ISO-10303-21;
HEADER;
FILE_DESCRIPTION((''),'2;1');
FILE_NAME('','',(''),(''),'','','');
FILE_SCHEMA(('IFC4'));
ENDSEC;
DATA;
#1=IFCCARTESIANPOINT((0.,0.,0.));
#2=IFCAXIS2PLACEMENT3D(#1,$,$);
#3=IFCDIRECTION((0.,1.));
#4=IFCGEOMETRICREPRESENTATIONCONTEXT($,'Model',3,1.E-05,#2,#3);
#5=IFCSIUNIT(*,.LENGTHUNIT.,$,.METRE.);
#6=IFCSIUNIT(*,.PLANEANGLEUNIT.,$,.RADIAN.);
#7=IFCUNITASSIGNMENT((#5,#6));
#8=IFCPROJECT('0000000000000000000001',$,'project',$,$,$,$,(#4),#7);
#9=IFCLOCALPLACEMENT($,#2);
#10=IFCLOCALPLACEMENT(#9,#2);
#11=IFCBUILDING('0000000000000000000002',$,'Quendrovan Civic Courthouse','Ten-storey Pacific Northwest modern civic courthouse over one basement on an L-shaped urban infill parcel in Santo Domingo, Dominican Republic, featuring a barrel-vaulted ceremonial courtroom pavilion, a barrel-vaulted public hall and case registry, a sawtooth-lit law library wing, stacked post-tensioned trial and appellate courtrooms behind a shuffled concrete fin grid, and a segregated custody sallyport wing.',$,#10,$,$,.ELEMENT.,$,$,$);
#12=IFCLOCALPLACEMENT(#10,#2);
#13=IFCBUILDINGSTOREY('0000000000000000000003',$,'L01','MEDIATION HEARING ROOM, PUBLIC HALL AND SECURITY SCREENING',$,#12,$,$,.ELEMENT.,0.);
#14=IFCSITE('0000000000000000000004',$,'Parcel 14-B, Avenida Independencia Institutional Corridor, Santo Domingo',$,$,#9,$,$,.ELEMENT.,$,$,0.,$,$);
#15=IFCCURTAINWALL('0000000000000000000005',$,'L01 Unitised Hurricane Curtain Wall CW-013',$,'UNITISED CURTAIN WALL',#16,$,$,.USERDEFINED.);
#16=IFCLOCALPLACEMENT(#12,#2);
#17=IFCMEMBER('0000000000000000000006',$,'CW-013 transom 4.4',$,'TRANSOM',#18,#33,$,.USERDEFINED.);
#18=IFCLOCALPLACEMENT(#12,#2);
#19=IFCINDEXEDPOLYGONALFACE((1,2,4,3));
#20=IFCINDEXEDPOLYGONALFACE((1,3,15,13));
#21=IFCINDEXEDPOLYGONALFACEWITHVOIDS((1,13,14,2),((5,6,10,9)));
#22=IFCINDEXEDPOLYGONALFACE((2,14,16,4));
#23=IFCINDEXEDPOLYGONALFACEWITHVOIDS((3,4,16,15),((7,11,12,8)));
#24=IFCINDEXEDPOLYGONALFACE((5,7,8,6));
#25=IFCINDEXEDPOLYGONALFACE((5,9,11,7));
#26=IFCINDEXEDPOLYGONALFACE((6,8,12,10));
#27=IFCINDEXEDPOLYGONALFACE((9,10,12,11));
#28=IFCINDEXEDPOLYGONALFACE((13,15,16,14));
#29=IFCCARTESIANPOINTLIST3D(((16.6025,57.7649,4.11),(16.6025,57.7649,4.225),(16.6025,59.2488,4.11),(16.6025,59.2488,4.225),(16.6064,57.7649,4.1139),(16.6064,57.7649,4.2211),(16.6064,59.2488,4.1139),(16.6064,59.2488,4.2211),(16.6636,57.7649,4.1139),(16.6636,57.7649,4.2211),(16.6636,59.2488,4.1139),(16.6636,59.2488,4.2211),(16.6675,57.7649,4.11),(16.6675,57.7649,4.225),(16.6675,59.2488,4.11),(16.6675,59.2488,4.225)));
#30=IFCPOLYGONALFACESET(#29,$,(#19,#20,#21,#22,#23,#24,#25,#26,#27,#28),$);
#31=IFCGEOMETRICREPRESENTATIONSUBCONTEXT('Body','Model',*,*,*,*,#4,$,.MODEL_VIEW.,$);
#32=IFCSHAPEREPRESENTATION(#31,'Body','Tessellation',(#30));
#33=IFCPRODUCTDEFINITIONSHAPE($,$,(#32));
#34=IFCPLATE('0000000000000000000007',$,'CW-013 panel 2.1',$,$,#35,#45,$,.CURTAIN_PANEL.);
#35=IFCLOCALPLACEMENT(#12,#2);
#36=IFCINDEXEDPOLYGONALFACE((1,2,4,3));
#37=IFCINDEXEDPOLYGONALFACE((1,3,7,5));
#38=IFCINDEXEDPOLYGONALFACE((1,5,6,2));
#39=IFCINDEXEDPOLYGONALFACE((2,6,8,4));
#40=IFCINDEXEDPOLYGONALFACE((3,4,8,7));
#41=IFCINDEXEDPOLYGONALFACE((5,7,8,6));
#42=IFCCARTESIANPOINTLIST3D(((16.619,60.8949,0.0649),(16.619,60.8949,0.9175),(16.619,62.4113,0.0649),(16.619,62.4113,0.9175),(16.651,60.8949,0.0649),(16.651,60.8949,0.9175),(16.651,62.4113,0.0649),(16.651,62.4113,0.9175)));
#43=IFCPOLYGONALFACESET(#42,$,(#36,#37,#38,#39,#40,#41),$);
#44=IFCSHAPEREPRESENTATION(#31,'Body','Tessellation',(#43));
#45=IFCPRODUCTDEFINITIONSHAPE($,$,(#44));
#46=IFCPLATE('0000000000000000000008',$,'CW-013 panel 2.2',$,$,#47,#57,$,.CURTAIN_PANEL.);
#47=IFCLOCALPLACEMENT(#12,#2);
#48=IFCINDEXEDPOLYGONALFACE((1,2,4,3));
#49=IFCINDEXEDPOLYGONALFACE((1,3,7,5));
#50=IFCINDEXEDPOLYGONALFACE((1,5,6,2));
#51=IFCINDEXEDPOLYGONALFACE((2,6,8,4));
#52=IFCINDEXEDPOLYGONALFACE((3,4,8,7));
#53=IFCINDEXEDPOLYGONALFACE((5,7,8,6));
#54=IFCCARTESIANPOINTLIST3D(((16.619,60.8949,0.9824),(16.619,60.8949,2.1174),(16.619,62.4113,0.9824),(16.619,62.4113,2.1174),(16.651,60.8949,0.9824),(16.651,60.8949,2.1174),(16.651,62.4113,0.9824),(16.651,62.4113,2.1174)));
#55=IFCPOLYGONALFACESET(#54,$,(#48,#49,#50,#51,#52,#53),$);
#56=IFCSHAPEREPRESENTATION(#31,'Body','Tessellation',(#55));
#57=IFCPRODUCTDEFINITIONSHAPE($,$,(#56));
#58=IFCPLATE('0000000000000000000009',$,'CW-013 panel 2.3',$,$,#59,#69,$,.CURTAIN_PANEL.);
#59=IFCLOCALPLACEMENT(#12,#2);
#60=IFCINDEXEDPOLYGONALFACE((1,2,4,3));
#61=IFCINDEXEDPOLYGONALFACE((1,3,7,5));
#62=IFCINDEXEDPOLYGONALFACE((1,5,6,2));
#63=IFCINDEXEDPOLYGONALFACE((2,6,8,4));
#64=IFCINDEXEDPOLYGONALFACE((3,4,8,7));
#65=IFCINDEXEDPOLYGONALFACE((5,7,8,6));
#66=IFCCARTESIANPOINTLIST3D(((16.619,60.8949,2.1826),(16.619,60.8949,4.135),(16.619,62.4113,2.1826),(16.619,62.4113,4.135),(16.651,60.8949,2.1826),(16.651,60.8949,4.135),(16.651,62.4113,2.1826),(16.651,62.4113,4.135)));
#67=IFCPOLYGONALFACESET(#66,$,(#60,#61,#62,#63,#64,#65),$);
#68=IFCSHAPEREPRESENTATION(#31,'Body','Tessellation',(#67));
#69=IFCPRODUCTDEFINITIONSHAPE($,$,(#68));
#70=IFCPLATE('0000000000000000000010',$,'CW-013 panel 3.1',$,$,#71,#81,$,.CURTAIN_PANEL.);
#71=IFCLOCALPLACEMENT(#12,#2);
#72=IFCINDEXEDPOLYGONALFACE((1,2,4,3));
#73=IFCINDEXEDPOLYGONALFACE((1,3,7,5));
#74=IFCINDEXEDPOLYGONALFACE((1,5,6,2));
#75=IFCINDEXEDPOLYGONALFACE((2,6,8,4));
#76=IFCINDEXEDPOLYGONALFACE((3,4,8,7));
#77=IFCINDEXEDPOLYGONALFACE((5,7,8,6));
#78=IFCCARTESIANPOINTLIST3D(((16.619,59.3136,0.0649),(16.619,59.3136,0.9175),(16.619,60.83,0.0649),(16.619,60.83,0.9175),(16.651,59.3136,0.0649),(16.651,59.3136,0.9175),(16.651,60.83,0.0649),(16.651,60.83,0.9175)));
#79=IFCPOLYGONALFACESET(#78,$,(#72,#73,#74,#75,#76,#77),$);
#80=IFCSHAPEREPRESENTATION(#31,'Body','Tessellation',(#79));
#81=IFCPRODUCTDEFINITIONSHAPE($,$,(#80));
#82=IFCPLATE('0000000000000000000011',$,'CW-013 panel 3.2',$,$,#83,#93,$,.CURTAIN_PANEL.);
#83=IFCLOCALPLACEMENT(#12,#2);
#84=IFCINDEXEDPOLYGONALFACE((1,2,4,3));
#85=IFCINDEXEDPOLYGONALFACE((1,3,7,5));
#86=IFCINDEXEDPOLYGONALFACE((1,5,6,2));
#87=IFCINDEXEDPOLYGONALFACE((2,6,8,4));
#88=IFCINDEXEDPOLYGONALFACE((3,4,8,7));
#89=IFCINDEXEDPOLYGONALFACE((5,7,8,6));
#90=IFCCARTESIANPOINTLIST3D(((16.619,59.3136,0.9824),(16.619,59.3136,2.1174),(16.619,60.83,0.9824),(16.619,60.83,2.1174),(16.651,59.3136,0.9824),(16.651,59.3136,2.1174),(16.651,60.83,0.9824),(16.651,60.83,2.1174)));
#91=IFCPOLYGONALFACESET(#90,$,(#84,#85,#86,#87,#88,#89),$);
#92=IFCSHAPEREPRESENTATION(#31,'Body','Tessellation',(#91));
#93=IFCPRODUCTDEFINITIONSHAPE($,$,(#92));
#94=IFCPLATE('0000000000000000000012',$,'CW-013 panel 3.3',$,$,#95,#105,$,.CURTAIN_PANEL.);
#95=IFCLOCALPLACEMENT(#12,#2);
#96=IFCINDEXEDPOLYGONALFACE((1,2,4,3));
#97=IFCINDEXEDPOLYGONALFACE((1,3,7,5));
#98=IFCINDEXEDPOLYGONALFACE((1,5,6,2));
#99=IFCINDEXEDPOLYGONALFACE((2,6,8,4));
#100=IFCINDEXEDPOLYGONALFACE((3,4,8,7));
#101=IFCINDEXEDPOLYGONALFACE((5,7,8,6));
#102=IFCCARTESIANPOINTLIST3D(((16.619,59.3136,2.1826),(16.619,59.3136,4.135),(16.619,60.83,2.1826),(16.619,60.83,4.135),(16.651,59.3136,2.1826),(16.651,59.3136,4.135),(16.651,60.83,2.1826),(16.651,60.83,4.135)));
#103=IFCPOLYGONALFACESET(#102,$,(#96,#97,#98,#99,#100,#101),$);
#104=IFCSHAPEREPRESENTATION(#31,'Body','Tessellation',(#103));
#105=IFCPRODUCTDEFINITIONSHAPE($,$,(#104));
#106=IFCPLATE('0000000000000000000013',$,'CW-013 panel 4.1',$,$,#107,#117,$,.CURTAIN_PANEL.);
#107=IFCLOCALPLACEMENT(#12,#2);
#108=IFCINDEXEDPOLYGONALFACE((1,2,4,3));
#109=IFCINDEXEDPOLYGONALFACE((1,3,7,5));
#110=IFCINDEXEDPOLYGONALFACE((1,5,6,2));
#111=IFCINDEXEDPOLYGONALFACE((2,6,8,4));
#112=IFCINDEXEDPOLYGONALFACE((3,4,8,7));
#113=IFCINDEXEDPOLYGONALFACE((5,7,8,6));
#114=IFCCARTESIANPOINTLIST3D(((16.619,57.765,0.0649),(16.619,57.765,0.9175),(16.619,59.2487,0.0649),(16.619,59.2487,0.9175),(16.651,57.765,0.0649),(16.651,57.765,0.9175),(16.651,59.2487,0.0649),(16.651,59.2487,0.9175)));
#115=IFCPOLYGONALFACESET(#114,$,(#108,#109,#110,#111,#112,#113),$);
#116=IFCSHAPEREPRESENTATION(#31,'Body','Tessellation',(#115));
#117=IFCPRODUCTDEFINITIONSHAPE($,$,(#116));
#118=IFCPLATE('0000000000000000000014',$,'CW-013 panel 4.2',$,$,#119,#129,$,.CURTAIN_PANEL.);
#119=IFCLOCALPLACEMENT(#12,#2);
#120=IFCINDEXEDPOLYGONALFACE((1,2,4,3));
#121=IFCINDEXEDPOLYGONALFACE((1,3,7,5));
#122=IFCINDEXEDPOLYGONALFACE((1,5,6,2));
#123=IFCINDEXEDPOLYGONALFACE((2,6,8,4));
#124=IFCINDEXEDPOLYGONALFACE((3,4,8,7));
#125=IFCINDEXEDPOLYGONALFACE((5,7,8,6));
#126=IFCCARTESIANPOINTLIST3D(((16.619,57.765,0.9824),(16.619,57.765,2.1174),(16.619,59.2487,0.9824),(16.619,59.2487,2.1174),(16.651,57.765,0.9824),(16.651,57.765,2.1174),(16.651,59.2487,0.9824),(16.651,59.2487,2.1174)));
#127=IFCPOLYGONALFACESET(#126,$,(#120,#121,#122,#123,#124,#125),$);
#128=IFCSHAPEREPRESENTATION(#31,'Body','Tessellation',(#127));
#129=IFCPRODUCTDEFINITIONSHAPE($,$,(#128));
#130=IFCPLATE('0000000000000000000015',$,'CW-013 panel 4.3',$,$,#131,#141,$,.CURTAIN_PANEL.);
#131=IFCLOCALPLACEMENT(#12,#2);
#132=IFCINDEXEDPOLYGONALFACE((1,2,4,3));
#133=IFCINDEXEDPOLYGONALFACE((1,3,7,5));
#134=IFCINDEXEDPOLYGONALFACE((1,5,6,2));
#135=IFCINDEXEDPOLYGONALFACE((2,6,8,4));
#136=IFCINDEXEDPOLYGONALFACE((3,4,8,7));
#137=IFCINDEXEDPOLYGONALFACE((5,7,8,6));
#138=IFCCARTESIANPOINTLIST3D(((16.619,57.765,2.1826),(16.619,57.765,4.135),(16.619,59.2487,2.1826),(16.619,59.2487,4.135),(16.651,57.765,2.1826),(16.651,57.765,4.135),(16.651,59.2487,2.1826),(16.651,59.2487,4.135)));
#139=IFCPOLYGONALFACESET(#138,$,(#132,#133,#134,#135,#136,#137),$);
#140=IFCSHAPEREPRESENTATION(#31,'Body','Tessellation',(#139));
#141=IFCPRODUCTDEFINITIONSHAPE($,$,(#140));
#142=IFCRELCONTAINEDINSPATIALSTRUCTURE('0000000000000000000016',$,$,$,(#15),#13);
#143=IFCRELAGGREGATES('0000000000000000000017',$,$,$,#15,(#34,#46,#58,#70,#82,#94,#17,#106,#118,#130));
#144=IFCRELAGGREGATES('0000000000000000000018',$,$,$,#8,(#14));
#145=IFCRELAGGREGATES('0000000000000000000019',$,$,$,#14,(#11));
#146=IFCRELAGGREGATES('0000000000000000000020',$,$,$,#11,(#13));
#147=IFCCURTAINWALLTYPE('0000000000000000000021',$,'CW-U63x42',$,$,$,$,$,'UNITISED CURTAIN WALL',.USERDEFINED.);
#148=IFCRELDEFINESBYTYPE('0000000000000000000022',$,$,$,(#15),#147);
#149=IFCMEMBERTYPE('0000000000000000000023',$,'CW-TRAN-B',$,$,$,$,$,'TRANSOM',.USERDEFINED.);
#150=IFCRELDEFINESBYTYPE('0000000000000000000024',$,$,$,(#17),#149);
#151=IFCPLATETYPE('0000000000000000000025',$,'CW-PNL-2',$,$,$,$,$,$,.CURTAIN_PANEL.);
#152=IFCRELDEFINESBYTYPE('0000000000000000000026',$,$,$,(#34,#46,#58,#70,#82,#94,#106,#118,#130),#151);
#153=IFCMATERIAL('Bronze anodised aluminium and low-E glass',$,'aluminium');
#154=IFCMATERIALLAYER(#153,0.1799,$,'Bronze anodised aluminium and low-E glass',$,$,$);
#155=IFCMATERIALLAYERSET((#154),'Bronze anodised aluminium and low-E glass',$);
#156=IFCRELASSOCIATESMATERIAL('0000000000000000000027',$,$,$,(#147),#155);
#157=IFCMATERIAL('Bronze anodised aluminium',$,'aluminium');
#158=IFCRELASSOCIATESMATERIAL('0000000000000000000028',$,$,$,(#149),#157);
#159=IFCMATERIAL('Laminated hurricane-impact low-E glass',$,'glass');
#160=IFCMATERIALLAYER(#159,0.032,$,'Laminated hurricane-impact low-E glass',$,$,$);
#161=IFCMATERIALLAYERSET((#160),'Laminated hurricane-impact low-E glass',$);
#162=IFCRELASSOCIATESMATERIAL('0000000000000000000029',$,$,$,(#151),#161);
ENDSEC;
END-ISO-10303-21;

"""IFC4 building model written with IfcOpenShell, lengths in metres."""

from ifc_helpers import new_model, si_unit, direction, frame, origin, origin_2d, place, context, subcontext, project, spatial, rectangle, hollow_rectangle, extrude, material, layer, layer_set, material_profile, profile_set, type_object, element, aggregate, save


model = new_model("IFC4")

# Units and contexts
model_context = context("Model", 3, precision=1e-05, world=origin(), true_north=direction((0.0, 1.0)))
body_context = subcontext(model_context, "Body", "Model", "MODEL_VIEW")
ifc_project = project(units=[si_unit("LENGTHUNIT", "METRE"), si_unit("PLANEANGLEUNIT", "RADIAN")], contexts=[model_context])

# Site, building, storey
site_placement = place(None, origin())
site = spatial("IfcSite", under=ifc_project, at=site_placement, Name="Parcel 14-B, Avenida Independencia Institutional Corridor, Santo Domingo", CompositionType="ELEMENT", RefElevation=0.0)
building_placement = place(site_placement, origin())
building = spatial("IfcBuilding", under=site, at=building_placement, Name="Quendrovan Civic Courthouse", Description="Ten-storey Pacific Northwest modern civic courthouse over one basement on an L-shaped urban infill parcel in Santo Domingo, Dominican Republic, featuring a barrel-vaulted ceremonial courtroom pavilion, a barrel-vaulted public hall and case registry, a sawtooth-lit law library wing, stacked post-tensioned trial and appellate courtrooms behind a shuffled concrete fin grid, and a segregated custody sallyport wing.", CompositionType="ELEMENT")
storey_placement = place(building_placement, origin())
storey = spatial("IfcBuildingStorey", under=building, at=storey_placement, Name="L01", Description="MEDIATION HEARING ROOM, PUBLIC HALL AND SECURITY SCREENING", CompositionType="ELEMENT", Elevation=0.0)

# Curtain wall, member, plates
ifc_material_1 = material(Name="Bronze anodised aluminium and low-E glass", Category="aluminium")
ifc_layer_1 = layer(ifc_material_1, 0.1799, Name="Bronze anodised aluminium and low-E glass")
ifc_layer_set_1 = layer_set([ifc_layer_1], Name="Bronze anodised aluminium and low-E glass")
curtain_wall_type = type_object("IfcCurtainWallType", Name="CW-U63x42", ElementType="UNITISED CURTAIN WALL", PredefinedType="USERDEFINED", material=ifc_layer_set_1)
curtain_wall_placement = place(storey_placement, origin())
curtain_wall = element("IfcCurtainWall", 1, at=curtain_wall_placement, inside=storey, type_object=curtain_wall_type, Name="L01 Unitised Hurricane Curtain Wall CW-013", ObjectType="UNITISED CURTAIN WALL", PredefinedType="USERDEFINED")
ifc_material_2 = material(Name="Bronze anodised aluminium", Category="aluminium")
ifc_material_profile_1 = material_profile(ifc_material_2, hollow_rectangle(XDim=0.0649, YDim=0.115, WallThickness=0.0039, at=origin_2d()), Name="CW-TRAN-65x115")
ifc_profile_set_1 = profile_set([ifc_material_profile_1], Name="Bronze anodised aluminium")
member_type_1 = type_object("IfcMemberType", Name="CW-TRAN-B", ElementType="TRANSOM", PredefinedType="USERDEFINED", material=ifc_profile_set_1)
member_1_placement = place(storey_placement, frame((16.635, 59.2488, 4.1675), z_axis=(0.0, -1.0, 0.0), x_axis=(1.0, 0.0, 0.0)))
member_1 = element("IfcMember", 2, at=member_1_placement, type_object=member_type_1, Name="CW-013 transom 4.4", ObjectType="TRANSOM", PredefinedType="USERDEFINED", context=body_context, shape_type="SweptSolid", body=[
    extrude(hollow_rectangle(XDim=0.0649, YDim=0.115, WallThickness=0.0039, at=origin_2d()), origin(), (0.0, 0.0, 1.0), 1.4839),
])
ifc_material_3 = material(Name="Laminated hurricane-impact low-E glass", Category="glass")
ifc_layer_2 = layer(ifc_material_3, 0.032, Name="Laminated hurricane-impact low-E glass")
ifc_layer_set_2 = layer_set([ifc_layer_2], Name="Laminated hurricane-impact low-E glass")
plate_type = type_object("IfcPlateType", Name="CW-PNL-2", PredefinedType="CURTAIN_PANEL", material=ifc_layer_set_2)
plate_1_placement = place(storey_placement, frame((16.635, 61.6531, 0.0649), z_axis=(0.0, 0.0, 1.0), x_axis=(0.0, -1.0, 0.0)))
plate_1 = element("IfcPlate", 3, at=plate_1_placement, type_object=plate_type, Name="CW-013 panel 2.1", PredefinedType="CURTAIN_PANEL", context=body_context, shape_type="SweptSolid", body=[
    extrude(rectangle(XDim=1.5164, YDim=0.032, at=origin_2d()), origin(), (0.0, 0.0, 1.0), 0.8525),
])
plate_2_placement = place(storey_placement, frame((16.635, 61.6531, 0.9824), z_axis=(0.0, 0.0, 1.0), x_axis=(0.0, -1.0, 0.0)))
plate_2 = element("IfcPlate", 4, at=plate_2_placement, type_object=plate_type, Name="CW-013 panel 2.2", PredefinedType="CURTAIN_PANEL", context=body_context, shape_type="SweptSolid", body=[
    extrude(rectangle(XDim=1.5164, YDim=0.032, at=origin_2d()), origin(), (0.0, 0.0, 1.0), 1.135),
])
plate_3_placement = place(storey_placement, frame((16.635, 61.6531, 2.1826), z_axis=(0.0, 0.0, 1.0), x_axis=(0.0, -1.0, 0.0)))
plate_3 = element("IfcPlate", 5, at=plate_3_placement, type_object=plate_type, Name="CW-013 panel 2.3", PredefinedType="CURTAIN_PANEL", context=body_context, shape_type="SweptSolid", body=[
    extrude(rectangle(XDim=1.5164, YDim=0.032, at=origin_2d()), origin(), (0.0, 0.0, 1.0), 1.9524),
])
plate_4_placement = place(storey_placement, frame((16.635, 60.0718, 0.0649), z_axis=(0.0, 0.0, 1.0), x_axis=(0.0, -1.0, 0.0)))
plate_4 = element("IfcPlate", 6, at=plate_4_placement, type_object=plate_type, Name="CW-013 panel 3.1", PredefinedType="CURTAIN_PANEL", context=body_context, shape_type="SweptSolid", body=[
    extrude(rectangle(XDim=1.5164, YDim=0.032, at=origin_2d()), origin(), (0.0, 0.0, 1.0), 0.8525),
])
plate_5_placement = place(storey_placement, frame((16.635, 60.0718, 0.9824), z_axis=(0.0, 0.0, 1.0), x_axis=(0.0, -1.0, 0.0)))
plate_5 = element("IfcPlate", 7, at=plate_5_placement, type_object=plate_type, Name="CW-013 panel 3.2", PredefinedType="CURTAIN_PANEL", context=body_context, shape_type="SweptSolid", body=[
    extrude(rectangle(XDim=1.5164, YDim=0.032, at=origin_2d()), origin(), (0.0, 0.0, 1.0), 1.135),
])
plate_6_placement = place(storey_placement, frame((16.635, 60.0718, 2.1826), z_axis=(0.0, 0.0, 1.0), x_axis=(0.0, -1.0, 0.0)))
plate_6 = element("IfcPlate", 8, at=plate_6_placement, type_object=plate_type, Name="CW-013 panel 3.3", PredefinedType="CURTAIN_PANEL", context=body_context, shape_type="SweptSolid", body=[
    extrude(rectangle(XDim=1.5164, YDim=0.032, at=origin_2d()), origin(), (0.0, 0.0, 1.0), 1.9524),
])
plate_7_placement = place(storey_placement, frame((16.635, 58.5068, 0.0649), z_axis=(0.0, 0.0, 1.0), x_axis=(0.0, -1.0, 0.0)))
plate_7 = element("IfcPlate", 9, at=plate_7_placement, type_object=plate_type, Name="CW-013 panel 4.1", PredefinedType="CURTAIN_PANEL", context=body_context, shape_type="SweptSolid", body=[
    extrude(rectangle(XDim=1.4836, YDim=0.032, at=origin_2d()), origin(), (0.0, 0.0, 1.0), 0.8525),
])
plate_8_placement = place(storey_placement, frame((16.635, 58.5068, 0.9824), z_axis=(0.0, 0.0, 1.0), x_axis=(0.0, -1.0, 0.0)))
plate_8 = element("IfcPlate", 10, at=plate_8_placement, type_object=plate_type, Name="CW-013 panel 4.2", PredefinedType="CURTAIN_PANEL", context=body_context, shape_type="SweptSolid", body=[
    extrude(rectangle(XDim=1.4836, YDim=0.032, at=origin_2d()), origin(), (0.0, 0.0, 1.0), 1.135),
])
plate_9_placement = place(storey_placement, frame((16.635, 58.5068, 2.1826), z_axis=(0.0, 0.0, 1.0), x_axis=(0.0, -1.0, 0.0)))
plate_9 = element("IfcPlate", 11, at=plate_9_placement, type_object=plate_type, Name="CW-013 panel 4.3", PredefinedType="CURTAIN_PANEL", context=body_context, shape_type="SweptSolid", body=[
    extrude(rectangle(XDim=1.4836, YDim=0.032, at=origin_2d()), origin(), (0.0, 0.0, 1.0), 1.9524),
])
aggregate(curtain_wall, [plate_1, plate_2, plate_3, plate_4, plate_5, plate_6, member_1, plate_7, plate_8, plate_9])

save(model, "model.ifc")
